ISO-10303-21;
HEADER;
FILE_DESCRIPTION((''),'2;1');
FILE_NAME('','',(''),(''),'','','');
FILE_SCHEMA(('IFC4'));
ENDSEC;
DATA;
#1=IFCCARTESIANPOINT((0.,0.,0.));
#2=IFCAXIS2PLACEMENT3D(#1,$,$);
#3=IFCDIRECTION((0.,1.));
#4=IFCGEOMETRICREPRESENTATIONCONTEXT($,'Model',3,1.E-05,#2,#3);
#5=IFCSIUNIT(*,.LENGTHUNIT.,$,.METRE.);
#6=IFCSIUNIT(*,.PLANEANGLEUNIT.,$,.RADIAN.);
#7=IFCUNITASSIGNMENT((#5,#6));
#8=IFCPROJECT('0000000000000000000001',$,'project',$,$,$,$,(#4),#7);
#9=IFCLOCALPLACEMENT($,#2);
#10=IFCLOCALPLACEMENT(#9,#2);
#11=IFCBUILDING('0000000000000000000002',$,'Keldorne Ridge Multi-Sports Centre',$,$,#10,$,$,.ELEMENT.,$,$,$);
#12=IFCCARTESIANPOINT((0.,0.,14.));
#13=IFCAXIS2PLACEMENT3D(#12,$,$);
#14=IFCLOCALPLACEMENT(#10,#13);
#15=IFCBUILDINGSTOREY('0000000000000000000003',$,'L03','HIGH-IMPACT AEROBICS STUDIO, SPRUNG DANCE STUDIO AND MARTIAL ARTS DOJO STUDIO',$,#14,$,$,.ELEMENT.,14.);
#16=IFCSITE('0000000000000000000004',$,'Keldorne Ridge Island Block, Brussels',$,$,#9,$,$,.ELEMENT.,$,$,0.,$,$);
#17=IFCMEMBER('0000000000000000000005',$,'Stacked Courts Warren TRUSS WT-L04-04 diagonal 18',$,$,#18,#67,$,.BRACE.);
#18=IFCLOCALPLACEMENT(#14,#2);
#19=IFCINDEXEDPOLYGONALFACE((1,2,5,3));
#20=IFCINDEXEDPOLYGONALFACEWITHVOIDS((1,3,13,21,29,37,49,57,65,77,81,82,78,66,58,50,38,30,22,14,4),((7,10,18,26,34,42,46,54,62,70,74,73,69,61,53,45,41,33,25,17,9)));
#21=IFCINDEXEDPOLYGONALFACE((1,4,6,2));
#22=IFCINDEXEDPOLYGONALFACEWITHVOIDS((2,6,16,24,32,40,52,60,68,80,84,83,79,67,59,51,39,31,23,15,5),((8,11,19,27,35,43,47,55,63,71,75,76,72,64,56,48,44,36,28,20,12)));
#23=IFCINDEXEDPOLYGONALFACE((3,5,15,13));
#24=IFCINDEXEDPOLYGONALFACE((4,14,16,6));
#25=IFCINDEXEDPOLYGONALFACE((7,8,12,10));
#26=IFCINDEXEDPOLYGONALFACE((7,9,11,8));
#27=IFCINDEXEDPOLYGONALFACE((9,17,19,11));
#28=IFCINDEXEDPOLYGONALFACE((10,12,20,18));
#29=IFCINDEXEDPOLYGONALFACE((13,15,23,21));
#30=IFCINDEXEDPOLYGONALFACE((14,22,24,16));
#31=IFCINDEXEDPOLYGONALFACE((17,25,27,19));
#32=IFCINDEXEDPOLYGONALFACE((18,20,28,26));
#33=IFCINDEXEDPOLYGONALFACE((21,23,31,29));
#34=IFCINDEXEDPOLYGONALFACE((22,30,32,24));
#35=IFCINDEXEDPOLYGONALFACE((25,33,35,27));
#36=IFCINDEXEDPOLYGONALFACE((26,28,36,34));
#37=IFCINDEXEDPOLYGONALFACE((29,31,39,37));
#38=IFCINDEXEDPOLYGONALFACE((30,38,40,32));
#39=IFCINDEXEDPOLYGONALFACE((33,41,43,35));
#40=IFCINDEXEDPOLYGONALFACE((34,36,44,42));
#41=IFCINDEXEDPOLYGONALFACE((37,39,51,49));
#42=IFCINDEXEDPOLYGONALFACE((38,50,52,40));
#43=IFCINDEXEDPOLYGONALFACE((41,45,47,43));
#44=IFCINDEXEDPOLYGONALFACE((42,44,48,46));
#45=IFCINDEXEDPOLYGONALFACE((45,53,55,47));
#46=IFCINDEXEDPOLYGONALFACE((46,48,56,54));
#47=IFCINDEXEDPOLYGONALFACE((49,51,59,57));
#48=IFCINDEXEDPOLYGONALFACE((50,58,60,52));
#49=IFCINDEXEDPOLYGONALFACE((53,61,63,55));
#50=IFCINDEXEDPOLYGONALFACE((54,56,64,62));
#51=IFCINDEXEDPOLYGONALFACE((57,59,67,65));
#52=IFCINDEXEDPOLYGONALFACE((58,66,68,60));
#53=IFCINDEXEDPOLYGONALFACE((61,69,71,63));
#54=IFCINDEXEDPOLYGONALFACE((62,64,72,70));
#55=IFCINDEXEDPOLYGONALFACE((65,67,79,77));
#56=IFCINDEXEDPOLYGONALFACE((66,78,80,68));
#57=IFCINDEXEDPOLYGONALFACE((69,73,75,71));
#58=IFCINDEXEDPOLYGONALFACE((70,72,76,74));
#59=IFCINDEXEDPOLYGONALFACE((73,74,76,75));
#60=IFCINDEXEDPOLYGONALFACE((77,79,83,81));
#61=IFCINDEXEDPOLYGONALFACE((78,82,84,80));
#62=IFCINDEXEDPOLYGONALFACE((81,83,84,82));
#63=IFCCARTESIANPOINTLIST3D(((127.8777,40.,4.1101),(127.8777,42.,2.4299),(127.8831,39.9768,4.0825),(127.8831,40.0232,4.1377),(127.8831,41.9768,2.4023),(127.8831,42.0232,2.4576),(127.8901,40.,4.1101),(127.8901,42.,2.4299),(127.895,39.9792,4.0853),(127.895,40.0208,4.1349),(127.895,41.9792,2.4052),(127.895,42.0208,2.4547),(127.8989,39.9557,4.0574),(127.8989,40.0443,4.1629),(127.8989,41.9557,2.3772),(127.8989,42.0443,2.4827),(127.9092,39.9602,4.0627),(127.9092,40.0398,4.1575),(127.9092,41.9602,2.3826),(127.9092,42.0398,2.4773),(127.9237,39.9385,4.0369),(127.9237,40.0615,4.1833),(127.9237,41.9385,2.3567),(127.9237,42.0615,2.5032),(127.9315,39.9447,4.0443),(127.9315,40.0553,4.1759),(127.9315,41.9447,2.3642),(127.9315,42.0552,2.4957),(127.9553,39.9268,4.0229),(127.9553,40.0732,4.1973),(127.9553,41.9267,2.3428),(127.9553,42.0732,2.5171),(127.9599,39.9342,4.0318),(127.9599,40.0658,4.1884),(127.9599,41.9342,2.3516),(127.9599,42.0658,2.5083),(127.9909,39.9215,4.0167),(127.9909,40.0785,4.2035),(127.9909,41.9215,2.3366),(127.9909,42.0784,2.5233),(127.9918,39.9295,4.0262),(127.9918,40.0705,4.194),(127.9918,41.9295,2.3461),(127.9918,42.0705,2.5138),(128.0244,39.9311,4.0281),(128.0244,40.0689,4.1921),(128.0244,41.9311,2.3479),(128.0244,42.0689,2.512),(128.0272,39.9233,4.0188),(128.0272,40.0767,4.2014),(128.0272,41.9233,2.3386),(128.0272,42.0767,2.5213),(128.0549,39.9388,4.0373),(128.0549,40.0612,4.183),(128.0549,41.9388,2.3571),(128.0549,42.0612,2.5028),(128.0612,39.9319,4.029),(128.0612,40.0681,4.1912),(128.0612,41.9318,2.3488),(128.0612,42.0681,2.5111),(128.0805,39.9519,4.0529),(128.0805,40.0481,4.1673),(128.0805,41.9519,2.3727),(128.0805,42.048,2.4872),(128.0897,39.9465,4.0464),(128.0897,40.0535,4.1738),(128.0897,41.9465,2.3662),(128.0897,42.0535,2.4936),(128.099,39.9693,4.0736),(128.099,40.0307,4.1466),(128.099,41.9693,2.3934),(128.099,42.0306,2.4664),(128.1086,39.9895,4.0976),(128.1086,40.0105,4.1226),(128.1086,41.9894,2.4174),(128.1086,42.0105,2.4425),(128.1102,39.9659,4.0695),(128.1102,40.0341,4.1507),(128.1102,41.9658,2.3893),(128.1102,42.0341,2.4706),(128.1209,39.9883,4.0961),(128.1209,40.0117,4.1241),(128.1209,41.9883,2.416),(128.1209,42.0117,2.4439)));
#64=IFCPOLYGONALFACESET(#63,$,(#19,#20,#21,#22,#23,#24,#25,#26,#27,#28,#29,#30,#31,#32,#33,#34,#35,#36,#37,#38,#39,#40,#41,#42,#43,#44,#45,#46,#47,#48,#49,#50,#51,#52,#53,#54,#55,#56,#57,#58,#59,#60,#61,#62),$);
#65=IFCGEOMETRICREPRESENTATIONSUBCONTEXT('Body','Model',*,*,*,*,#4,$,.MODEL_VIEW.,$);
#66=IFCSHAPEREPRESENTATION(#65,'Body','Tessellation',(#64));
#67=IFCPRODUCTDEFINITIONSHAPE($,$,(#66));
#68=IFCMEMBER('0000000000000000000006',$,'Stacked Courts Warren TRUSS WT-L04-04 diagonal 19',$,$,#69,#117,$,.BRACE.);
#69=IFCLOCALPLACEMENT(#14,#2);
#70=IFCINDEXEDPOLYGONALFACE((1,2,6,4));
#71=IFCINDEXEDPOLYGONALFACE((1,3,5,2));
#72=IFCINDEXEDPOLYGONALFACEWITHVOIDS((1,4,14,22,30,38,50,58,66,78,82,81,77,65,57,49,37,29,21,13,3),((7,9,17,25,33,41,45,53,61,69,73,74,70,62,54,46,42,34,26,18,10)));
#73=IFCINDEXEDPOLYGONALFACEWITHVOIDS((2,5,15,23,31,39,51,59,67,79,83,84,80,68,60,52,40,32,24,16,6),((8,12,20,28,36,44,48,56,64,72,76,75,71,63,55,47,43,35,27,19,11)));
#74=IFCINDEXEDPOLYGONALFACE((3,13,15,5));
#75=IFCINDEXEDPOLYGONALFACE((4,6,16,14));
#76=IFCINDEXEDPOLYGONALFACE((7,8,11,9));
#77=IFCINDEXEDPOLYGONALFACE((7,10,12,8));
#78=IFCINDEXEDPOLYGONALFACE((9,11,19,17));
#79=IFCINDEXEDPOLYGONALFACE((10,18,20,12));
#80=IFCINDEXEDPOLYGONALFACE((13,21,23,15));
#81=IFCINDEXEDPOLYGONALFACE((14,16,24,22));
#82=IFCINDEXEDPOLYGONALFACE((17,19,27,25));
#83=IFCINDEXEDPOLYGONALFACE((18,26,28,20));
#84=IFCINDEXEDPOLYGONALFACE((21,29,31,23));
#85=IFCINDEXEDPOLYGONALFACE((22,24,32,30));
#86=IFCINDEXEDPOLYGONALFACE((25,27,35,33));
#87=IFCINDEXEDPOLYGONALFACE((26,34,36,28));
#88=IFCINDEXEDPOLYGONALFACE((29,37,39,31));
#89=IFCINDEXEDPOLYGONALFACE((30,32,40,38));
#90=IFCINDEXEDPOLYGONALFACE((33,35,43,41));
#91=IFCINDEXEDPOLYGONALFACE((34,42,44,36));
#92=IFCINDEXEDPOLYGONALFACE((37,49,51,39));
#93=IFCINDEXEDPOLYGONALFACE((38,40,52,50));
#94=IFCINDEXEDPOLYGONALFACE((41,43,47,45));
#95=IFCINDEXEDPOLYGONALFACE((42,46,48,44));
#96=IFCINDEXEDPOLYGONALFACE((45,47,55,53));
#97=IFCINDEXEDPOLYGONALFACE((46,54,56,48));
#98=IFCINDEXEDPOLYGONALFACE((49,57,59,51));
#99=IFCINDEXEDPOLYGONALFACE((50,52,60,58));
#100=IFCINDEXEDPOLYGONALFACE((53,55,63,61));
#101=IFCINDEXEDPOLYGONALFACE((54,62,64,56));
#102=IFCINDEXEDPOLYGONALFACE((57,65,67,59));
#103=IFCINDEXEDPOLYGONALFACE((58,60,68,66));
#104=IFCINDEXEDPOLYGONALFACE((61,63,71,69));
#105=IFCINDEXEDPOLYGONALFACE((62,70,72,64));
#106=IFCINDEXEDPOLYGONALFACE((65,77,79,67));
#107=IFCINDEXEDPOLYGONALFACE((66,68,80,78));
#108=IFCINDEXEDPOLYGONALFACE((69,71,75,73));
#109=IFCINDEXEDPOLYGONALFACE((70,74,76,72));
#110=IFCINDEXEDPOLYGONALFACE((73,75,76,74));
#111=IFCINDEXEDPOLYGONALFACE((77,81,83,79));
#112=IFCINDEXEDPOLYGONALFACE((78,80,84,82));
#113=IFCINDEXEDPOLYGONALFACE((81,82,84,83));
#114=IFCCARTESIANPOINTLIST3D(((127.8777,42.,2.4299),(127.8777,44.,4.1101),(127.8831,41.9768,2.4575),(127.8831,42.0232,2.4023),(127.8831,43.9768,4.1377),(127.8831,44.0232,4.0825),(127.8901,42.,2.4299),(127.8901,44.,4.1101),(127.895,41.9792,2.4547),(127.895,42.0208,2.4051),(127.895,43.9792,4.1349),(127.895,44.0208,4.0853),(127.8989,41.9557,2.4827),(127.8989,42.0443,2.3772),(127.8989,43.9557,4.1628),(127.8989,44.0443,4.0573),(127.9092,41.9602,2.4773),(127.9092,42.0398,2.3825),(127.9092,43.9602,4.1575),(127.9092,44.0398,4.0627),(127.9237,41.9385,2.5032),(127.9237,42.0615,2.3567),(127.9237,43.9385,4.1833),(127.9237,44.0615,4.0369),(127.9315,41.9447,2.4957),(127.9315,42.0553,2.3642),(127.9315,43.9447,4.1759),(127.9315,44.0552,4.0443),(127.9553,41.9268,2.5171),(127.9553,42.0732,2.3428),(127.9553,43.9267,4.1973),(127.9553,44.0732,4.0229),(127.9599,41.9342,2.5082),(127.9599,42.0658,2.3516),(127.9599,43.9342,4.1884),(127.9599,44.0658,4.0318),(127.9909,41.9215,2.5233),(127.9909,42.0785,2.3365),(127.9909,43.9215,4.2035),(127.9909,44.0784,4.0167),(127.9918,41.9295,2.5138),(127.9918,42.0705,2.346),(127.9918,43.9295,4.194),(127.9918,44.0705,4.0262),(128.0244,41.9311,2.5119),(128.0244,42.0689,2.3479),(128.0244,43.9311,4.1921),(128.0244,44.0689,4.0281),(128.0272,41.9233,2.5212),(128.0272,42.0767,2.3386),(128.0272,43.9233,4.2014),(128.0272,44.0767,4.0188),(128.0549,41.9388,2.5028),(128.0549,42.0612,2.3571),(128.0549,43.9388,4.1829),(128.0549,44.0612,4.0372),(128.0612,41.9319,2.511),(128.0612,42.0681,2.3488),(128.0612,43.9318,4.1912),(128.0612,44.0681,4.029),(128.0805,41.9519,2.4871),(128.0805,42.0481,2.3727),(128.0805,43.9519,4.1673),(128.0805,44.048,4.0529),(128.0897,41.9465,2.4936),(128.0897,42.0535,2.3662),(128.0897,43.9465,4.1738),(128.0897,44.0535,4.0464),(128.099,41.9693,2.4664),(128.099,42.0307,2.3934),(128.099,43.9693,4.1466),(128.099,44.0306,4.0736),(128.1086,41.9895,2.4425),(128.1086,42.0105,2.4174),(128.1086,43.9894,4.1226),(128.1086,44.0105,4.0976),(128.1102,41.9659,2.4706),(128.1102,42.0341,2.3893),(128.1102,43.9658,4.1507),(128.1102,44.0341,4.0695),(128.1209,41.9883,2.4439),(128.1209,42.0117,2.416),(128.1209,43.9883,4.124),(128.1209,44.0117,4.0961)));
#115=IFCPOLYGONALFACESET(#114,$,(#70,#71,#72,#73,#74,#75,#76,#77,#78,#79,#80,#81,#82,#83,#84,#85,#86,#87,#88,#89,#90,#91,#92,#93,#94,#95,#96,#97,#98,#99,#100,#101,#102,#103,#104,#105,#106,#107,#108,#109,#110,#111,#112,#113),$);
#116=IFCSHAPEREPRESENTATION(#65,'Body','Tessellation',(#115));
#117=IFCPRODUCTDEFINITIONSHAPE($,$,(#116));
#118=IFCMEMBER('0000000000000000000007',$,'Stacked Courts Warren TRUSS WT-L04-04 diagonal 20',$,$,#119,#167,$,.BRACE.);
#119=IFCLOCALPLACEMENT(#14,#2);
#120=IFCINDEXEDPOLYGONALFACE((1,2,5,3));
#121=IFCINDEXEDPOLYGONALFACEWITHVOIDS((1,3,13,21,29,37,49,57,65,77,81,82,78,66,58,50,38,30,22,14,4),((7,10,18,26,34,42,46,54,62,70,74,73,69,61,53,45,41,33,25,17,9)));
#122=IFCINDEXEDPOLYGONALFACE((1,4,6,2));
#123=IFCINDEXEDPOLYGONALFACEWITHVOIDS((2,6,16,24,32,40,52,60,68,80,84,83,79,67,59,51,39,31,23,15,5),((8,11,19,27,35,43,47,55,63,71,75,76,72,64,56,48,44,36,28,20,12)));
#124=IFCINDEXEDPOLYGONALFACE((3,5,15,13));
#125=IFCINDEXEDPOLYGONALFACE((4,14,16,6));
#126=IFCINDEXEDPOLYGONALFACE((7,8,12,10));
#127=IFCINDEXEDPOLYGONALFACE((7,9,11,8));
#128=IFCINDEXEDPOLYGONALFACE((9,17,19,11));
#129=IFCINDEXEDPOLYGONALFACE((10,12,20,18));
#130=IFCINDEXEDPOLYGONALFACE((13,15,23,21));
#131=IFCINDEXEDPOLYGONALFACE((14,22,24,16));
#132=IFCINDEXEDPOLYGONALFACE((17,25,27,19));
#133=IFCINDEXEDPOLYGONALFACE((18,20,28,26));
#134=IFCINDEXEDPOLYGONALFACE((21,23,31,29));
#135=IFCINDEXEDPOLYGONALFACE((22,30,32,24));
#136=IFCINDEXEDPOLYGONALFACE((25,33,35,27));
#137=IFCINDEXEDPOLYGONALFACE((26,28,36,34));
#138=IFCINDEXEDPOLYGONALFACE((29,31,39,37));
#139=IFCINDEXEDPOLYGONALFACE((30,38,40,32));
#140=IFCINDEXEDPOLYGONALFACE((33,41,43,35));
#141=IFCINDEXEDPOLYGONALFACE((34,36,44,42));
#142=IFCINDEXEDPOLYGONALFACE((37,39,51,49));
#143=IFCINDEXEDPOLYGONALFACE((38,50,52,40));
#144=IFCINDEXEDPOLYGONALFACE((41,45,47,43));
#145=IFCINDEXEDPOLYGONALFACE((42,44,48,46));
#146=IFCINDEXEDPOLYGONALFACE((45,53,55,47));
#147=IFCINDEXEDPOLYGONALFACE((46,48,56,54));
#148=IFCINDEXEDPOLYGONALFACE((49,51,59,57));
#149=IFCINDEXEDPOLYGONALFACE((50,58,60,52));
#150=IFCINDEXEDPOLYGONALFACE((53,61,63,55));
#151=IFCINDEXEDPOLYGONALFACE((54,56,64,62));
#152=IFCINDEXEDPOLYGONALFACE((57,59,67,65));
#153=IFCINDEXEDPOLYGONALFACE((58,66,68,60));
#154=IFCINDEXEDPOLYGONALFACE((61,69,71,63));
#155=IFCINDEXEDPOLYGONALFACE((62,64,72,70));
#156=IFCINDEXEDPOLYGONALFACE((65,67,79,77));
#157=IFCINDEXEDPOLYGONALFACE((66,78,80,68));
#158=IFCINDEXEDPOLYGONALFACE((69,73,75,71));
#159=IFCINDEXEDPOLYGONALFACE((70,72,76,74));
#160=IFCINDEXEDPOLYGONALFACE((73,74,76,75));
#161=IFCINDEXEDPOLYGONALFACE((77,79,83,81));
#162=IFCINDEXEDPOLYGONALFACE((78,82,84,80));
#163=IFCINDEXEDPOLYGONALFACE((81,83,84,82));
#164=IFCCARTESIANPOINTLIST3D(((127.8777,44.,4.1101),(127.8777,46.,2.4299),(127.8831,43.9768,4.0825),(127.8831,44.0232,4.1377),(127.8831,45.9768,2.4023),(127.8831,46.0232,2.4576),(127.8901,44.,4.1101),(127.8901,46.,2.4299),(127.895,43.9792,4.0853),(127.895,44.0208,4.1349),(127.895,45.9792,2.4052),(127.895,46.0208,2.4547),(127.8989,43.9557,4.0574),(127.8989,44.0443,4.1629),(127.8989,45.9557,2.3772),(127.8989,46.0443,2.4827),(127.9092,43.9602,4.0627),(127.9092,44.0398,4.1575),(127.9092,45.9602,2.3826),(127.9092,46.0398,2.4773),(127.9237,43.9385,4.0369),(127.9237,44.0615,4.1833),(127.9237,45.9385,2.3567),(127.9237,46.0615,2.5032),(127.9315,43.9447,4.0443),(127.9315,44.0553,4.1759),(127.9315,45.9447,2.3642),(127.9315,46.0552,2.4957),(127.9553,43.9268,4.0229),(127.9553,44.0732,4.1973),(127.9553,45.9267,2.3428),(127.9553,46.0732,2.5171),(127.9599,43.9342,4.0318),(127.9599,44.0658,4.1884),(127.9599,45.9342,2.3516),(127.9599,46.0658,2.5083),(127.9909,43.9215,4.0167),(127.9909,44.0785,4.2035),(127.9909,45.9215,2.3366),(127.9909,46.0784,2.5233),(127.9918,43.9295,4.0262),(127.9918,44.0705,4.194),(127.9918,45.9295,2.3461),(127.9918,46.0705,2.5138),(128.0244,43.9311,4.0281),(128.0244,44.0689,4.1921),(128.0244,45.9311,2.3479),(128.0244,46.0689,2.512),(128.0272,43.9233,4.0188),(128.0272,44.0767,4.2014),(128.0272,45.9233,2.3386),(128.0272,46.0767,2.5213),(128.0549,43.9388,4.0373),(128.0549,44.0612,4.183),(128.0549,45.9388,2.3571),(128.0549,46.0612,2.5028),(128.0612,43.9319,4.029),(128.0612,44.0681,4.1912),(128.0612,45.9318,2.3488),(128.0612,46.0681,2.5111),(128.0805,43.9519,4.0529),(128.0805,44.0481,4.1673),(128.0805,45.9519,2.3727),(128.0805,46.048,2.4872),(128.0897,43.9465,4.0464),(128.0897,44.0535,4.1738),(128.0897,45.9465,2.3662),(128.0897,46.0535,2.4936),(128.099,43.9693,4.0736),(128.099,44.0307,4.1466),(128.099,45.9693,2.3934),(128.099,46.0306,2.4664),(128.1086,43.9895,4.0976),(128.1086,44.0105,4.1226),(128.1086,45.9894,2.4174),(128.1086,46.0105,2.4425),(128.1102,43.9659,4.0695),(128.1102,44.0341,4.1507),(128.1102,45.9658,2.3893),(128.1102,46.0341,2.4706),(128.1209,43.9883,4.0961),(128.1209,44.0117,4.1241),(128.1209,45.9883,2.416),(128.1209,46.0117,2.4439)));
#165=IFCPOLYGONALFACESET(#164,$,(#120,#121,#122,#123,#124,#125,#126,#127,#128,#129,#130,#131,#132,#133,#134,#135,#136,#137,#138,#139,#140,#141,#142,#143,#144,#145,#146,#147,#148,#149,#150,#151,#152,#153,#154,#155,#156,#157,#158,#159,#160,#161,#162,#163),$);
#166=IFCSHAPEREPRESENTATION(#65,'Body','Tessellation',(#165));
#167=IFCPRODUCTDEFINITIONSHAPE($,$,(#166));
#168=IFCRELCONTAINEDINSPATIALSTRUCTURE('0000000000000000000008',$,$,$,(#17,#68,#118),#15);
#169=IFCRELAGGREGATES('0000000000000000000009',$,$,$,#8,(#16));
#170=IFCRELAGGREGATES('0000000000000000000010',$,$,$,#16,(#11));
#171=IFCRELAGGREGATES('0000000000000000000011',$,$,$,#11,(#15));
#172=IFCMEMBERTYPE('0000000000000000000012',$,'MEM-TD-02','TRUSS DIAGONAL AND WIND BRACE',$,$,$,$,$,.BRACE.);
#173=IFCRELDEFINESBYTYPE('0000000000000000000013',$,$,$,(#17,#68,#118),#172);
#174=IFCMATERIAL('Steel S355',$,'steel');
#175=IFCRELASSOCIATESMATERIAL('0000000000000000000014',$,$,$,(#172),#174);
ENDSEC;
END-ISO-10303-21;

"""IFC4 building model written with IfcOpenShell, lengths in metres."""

from ifc_helpers import new_model, si_unit, direction, frame, origin, origin_2d, place, context, subcontext, project, spatial, hollow_circle, extrude, material, material_profile, profile_set, type_object, element, save


model = new_model("IFC4")

# Units and contexts
model_context = context("Model", 3, precision=1e-05, world=origin(), true_north=direction((0.0, 1.0)))
body_context = subcontext(model_context, "Body", "Model", "MODEL_VIEW")
ifc_project = project(units=[si_unit("LENGTHUNIT", "METRE"), si_unit("PLANEANGLEUNIT", "RADIAN")], contexts=[model_context])

# Site, building, storey
site_placement = place(None, origin())
site = spatial("IfcSite", under=ifc_project, at=site_placement, Name="Keldorne Ridge Island Block, Brussels", CompositionType="ELEMENT", RefElevation=0.0)
building_placement = place(site_placement, origin())
building = spatial("IfcBuilding", under=site, at=building_placement, Name="Keldorne Ridge Multi-Sports Centre", CompositionType="ELEMENT")
storey_placement = place(building_placement, frame((0.0, 0.0, 14.0)))
storey = spatial("IfcBuildingStorey", under=building, at=storey_placement, Name="L03", Description="HIGH-IMPACT AEROBICS STUDIO, SPRUNG DANCE STUDIO AND MARTIAL ARTS DOJO STUDIO", CompositionType="ELEMENT", Elevation=14.0)

# Members
ifc_material = material(Name="Steel S355", Category="steel")
ifc_material_profile_1 = material_profile(ifc_material, hollow_circle(Radius=0.1223, WallThickness=0.0125, at=origin_2d()), Name="CHS 244.5x12.5")
ifc_profile_set_1 = profile_set([ifc_material_profile_1], Name="Steel S355")
member_type_1 = type_object("IfcMemberType", Name="MEM-TD-02", Description="TRUSS DIAGONAL AND WIND BRACE", PredefinedType="BRACE", material=ifc_profile_set_1)
for number, where, z_axis, x_axis, name in (
    (1, (128.0, 40.0, 4.1101), (0.0, 0.765672, -0.643232), (-1.0, 0.0, 0.0), "Stacked Courts Warren TRUSS WT-L04-04 diagonal 18"),
    (2, (128.0, 42.0, 2.4299), (0.0, 0.765672, 0.643232), (-1.0, 0.0, 0.0), "Stacked Courts Warren TRUSS WT-L04-04 diagonal 19"),
    (3, (128.0, 44.0, 4.1101), (0.0, 0.765672, -0.643232), (-1.0, 0.0, 0.0), "Stacked Courts Warren TRUSS WT-L04-04 diagonal 20"),
):
    element("IfcMember", number, at=place(storey_placement, frame(where, z_axis=z_axis, x_axis=x_axis)), inside=storey, type_object=member_type_1, Name=name, PredefinedType="BRACE", context=body_context, shape_type="SweptSolid", body=[
        extrude(hollow_circle(Radius=0.1223, WallThickness=0.0125, at=origin_2d()), origin(), (0.0, 0.0, 1.0), 2.6121),
    ])

save(model, "model.ifc")
